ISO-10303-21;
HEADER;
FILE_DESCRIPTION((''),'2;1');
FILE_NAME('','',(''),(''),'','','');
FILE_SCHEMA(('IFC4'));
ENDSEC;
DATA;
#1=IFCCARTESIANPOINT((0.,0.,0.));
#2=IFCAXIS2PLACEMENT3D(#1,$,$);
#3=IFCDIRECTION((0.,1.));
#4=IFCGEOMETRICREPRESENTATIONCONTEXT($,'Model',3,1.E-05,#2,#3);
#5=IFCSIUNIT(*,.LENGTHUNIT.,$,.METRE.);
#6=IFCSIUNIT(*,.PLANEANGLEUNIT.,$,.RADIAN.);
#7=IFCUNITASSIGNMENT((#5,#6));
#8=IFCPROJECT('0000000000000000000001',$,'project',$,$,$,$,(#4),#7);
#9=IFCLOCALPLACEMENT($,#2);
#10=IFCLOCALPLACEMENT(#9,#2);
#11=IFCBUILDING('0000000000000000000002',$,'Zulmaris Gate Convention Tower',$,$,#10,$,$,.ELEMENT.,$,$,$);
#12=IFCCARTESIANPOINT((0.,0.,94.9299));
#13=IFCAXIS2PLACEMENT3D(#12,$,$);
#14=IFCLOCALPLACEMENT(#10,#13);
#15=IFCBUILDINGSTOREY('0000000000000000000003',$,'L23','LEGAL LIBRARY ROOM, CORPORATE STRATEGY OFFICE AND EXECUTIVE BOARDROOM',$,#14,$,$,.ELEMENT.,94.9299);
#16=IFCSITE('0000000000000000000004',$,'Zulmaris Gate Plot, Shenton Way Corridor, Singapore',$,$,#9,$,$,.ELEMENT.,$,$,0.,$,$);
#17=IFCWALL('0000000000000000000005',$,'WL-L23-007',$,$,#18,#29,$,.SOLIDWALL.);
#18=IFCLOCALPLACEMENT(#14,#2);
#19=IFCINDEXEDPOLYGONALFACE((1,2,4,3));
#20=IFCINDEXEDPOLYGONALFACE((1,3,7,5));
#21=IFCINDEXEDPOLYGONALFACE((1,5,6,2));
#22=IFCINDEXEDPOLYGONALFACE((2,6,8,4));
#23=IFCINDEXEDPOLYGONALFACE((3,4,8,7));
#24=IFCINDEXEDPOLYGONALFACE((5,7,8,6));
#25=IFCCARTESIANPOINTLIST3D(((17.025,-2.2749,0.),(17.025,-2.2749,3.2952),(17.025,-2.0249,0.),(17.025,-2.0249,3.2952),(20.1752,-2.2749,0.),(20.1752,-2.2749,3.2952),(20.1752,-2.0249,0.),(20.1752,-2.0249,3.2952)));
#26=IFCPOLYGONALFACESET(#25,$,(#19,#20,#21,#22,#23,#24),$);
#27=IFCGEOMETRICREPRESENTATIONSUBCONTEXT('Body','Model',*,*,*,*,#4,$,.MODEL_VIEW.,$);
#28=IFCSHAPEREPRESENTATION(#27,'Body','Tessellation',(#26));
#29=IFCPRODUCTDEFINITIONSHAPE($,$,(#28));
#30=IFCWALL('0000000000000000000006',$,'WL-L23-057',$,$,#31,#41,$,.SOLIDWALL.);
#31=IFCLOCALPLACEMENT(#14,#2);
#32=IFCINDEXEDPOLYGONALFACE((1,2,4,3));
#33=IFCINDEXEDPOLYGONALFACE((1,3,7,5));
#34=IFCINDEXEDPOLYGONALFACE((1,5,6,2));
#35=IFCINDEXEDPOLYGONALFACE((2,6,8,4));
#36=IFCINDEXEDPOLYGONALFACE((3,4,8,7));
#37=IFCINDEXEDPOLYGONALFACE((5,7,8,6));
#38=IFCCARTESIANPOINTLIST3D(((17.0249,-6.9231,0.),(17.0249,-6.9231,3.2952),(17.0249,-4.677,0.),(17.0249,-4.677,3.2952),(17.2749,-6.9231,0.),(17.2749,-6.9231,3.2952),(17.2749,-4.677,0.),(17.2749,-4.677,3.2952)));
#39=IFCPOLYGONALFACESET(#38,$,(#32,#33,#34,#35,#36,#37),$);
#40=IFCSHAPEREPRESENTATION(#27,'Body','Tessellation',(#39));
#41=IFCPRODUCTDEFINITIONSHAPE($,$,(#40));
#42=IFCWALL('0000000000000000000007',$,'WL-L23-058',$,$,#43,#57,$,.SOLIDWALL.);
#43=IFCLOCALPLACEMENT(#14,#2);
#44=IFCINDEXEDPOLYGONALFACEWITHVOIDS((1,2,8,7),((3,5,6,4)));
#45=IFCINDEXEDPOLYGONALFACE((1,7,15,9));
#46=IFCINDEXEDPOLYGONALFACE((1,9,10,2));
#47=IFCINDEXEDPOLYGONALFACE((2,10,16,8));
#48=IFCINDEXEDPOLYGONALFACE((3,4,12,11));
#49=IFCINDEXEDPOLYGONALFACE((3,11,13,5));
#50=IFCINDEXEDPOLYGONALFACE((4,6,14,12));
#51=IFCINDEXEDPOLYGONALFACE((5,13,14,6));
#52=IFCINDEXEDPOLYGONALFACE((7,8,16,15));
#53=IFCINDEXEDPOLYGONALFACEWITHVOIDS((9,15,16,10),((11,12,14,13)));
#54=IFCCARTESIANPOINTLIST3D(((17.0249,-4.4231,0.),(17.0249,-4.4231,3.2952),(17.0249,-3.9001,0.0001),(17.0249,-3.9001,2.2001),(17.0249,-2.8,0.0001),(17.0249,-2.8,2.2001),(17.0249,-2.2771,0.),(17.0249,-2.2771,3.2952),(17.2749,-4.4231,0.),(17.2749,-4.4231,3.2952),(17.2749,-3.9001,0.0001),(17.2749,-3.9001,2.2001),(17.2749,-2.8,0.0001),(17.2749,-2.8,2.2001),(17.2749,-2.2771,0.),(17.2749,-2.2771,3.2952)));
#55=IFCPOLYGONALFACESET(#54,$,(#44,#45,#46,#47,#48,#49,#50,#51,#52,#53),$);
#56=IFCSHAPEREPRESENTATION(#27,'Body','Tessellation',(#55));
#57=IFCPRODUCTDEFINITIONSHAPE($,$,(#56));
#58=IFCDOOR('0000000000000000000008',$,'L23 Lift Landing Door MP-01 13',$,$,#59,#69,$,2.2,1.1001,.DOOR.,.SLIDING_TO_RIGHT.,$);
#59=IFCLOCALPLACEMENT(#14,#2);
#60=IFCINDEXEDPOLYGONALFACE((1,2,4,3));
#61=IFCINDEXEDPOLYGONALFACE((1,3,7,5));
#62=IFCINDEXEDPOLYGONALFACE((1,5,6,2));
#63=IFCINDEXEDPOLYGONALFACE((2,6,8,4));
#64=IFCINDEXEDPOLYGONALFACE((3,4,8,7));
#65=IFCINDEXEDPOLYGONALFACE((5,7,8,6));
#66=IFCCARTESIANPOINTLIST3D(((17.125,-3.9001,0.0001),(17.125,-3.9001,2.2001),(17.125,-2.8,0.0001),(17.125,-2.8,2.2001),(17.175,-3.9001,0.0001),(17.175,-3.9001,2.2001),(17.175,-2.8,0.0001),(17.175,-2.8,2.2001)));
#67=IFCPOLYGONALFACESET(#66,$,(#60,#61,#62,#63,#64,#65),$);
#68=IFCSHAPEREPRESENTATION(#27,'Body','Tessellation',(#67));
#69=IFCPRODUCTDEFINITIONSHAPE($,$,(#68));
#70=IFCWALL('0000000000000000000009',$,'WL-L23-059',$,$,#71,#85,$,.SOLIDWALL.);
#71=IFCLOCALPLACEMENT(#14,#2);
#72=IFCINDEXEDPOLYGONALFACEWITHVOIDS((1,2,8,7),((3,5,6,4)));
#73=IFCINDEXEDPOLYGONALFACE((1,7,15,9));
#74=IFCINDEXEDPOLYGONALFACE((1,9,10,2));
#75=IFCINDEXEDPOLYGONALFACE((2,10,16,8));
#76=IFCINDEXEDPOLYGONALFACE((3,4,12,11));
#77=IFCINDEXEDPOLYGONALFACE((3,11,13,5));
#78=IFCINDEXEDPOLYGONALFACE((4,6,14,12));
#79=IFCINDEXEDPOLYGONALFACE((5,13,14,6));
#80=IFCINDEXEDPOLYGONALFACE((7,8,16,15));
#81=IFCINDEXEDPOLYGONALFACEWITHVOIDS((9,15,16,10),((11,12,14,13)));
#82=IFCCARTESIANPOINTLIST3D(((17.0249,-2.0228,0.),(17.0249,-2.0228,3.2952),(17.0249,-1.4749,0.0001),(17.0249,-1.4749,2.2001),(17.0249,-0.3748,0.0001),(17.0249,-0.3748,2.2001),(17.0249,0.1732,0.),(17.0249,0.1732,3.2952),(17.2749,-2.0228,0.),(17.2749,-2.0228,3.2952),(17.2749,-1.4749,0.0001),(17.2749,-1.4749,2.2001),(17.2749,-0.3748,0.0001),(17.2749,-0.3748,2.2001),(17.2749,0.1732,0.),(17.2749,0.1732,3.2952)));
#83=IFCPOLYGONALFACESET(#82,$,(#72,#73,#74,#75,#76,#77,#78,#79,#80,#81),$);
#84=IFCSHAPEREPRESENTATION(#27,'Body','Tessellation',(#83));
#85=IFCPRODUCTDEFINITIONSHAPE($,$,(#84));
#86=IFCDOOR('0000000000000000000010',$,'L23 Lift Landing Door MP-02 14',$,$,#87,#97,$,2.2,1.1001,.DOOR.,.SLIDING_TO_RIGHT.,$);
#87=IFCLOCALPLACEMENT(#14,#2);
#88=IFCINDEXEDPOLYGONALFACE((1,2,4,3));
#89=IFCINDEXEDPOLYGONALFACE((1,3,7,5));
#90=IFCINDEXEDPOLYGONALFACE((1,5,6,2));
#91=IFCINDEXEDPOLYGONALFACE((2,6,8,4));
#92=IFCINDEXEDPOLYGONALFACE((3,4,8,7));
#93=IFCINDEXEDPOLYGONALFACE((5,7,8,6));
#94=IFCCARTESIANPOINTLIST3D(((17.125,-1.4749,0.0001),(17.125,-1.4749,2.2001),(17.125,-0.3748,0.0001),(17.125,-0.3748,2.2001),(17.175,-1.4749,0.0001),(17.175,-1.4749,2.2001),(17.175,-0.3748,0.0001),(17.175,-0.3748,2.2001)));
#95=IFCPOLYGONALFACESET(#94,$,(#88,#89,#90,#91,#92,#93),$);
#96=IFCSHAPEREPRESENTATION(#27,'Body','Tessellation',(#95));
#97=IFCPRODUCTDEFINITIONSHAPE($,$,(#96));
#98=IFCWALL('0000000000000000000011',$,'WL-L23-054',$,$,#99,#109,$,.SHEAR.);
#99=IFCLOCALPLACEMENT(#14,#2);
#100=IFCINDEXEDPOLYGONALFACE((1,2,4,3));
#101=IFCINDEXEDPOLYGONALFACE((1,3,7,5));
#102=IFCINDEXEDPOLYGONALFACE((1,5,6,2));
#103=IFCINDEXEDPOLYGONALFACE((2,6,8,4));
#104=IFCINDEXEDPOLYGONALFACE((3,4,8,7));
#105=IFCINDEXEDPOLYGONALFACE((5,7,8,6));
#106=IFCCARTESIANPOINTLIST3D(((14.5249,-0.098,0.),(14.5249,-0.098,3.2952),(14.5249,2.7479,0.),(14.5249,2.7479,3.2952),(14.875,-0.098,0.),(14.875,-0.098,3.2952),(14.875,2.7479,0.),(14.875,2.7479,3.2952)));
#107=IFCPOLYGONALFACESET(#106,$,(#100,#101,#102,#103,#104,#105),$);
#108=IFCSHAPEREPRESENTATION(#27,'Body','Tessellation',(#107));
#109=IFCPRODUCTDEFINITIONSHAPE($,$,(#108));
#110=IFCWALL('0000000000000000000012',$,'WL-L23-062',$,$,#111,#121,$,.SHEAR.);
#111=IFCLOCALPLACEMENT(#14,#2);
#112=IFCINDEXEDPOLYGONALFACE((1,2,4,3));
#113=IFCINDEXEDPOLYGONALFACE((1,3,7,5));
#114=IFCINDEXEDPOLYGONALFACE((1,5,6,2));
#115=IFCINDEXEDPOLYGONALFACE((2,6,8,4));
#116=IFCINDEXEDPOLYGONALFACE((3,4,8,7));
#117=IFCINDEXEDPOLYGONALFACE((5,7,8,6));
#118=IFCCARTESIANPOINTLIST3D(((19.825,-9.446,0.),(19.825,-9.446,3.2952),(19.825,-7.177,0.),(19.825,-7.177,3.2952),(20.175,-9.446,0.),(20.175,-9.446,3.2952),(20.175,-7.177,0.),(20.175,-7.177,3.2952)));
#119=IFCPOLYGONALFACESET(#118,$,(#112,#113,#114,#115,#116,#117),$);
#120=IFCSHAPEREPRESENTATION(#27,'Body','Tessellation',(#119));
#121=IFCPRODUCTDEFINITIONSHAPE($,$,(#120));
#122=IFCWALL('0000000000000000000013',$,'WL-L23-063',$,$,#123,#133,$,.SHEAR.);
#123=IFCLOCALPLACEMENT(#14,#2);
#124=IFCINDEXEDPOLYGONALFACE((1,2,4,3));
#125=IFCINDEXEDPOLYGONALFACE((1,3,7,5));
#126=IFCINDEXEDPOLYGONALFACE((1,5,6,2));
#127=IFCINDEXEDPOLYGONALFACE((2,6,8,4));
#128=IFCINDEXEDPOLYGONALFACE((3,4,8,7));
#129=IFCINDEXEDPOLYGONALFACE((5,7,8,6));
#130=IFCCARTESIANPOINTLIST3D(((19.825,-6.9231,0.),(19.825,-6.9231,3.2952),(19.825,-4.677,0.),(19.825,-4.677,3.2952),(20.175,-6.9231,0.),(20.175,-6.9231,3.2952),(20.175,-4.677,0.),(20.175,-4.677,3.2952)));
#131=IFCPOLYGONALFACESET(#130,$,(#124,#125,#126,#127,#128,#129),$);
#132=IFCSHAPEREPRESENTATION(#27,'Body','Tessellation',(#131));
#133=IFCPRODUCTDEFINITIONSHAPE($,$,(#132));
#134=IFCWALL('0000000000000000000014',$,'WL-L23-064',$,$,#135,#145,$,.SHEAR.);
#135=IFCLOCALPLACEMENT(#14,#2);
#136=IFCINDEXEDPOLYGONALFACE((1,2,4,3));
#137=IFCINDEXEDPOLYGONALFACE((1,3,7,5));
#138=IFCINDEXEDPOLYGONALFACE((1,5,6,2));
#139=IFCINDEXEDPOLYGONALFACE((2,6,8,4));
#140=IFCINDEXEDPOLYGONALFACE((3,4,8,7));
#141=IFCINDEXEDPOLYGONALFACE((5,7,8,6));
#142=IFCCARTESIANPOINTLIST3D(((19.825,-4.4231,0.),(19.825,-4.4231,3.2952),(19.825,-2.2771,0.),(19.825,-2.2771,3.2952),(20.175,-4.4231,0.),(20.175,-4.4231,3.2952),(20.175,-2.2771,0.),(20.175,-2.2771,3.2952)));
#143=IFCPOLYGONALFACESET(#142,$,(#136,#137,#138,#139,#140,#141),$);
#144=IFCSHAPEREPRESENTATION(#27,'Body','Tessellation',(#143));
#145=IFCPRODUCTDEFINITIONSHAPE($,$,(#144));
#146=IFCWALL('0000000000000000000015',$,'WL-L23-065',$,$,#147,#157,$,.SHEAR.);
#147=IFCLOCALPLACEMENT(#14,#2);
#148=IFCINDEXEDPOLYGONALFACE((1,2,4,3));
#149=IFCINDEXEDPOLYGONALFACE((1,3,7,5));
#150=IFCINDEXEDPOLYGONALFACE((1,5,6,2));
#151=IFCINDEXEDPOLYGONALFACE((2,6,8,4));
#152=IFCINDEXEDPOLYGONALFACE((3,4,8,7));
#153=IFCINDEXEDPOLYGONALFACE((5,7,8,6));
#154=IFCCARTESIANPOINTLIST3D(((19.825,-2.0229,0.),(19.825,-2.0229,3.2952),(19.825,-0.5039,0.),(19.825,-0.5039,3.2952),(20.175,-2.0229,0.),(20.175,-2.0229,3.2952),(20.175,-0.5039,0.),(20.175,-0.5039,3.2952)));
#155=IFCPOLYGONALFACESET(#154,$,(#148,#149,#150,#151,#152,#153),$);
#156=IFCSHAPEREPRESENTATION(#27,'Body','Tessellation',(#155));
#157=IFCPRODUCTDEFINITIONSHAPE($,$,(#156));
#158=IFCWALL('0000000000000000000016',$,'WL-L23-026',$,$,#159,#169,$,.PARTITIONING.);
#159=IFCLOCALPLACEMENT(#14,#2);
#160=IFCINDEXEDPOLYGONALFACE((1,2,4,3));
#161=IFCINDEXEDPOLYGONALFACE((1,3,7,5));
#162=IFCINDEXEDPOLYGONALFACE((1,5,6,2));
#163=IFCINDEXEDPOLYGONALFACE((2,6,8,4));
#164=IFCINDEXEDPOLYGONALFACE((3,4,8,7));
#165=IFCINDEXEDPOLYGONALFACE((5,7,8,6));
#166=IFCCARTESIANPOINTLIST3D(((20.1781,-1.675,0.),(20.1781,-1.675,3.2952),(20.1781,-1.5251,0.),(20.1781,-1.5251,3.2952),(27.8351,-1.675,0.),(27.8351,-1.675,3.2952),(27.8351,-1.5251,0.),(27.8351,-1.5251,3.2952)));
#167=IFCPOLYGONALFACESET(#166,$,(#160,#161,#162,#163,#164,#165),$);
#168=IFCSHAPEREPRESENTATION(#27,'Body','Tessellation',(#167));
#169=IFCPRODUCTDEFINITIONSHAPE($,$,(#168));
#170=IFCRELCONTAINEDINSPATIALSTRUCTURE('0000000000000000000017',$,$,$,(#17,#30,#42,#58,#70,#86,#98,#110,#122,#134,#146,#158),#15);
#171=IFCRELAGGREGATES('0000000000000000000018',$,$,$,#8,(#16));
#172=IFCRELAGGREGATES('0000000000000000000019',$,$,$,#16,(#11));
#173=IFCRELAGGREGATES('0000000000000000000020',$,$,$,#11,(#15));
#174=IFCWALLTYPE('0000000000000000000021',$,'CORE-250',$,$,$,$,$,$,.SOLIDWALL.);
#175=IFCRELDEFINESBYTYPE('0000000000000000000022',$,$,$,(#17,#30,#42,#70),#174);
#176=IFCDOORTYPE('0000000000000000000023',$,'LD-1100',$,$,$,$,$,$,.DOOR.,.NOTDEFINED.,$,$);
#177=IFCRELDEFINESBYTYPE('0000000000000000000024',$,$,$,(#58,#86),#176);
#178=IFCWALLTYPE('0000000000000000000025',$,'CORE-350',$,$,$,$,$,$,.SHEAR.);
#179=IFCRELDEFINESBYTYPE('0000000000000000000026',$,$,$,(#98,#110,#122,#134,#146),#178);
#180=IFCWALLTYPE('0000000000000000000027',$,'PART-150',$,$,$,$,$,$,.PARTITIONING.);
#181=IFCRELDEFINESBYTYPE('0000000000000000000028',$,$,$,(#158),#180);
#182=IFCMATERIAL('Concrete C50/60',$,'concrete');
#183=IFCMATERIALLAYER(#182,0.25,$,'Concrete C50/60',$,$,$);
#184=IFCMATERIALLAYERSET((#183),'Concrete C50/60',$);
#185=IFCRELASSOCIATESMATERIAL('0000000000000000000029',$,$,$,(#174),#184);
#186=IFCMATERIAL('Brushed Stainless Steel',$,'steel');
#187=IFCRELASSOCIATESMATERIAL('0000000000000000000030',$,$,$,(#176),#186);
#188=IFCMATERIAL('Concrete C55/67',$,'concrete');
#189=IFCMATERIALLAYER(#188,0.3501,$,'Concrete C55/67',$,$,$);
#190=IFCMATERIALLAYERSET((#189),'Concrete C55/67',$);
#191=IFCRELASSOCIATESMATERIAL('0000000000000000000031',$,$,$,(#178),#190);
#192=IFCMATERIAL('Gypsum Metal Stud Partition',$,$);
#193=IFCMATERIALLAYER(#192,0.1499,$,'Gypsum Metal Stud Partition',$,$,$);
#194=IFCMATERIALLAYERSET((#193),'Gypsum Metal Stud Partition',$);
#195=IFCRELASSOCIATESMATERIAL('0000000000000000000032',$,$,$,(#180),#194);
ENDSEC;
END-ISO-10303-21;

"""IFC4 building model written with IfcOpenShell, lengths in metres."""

from ifc_helpers import new_model, si_unit, direction, frame, frame_2d, origin, place, context, subcontext, project, spatial, rectangle, extrude, material, layer, layer_set, type_object, element, fill, save


model = new_model("IFC4")

# Units and contexts
model_context = context("Model", 3, precision=1e-05, world=origin(), true_north=direction((0.0, 1.0)))
body_context = subcontext(model_context, "Body", "Model", "MODEL_VIEW")
ifc_project = project(units=[si_unit("LENGTHUNIT", "METRE"), si_unit("PLANEANGLEUNIT", "RADIAN")], contexts=[model_context])

# Site, building, storey
site_placement = place(None, origin())
site = spatial("IfcSite", under=ifc_project, at=site_placement, Name="Zulmaris Gate Plot, Shenton Way Corridor, Singapore", CompositionType="ELEMENT", RefElevation=0.0)
building_placement = place(site_placement, origin())
building = spatial("IfcBuilding", under=site, at=building_placement, Name="Zulmaris Gate Convention Tower", CompositionType="ELEMENT")
storey_placement = place(building_placement, frame((0.0, 0.0, 94.9299)))
storey = spatial("IfcBuildingStorey", under=building, at=storey_placement, Name="L23", Description="LEGAL LIBRARY ROOM, CORPORATE STRATEGY OFFICE AND EXECUTIVE BOARDROOM", CompositionType="ELEMENT", Elevation=94.9299)

# Walls
ifc_material_1 = material(Name="Concrete C50/60", Category="concrete")
ifc_layer_1 = layer(ifc_material_1, 0.25, Name="Concrete C50/60")
ifc_layer_set_1 = layer_set([ifc_layer_1], Name="Concrete C50/60")
wall_type_1 = type_object("IfcWallType", Name="CORE-250", PredefinedType="SOLIDWALL", material=ifc_layer_set_1)
for number, where, z_axis, x_axis, name in (
    (1, (17.0249, -2.1499, 0.0), (0.0, 0.0, 1.0), (1.0, 0.0, 0.0), "WL-L23-007"),
):
    element("IfcWall", number, at=place(storey_placement, frame(where, z_axis=z_axis, x_axis=x_axis)), inside=storey, type_object=wall_type_1, Name=name, PredefinedType="SOLIDWALL", context=body_context, shape_type="SweptSolid", body=[
        extrude(rectangle(XDim=3.1501, YDim=0.25, at=frame_2d((1.5752, 0.0))), origin(), (0.0, 0.0, 1.0), 3.2952),
    ])
wall_1_placement = place(storey_placement, frame((17.1499, -6.9231, 0.0), z_axis=(0.0, 0.0, 1.0), x_axis=(0.0, 1.0, 0.0)))
element("IfcWall", 2, at=wall_1_placement, inside=storey, type_object=wall_type_1, Name="WL-L23-057", PredefinedType="SOLIDWALL", context=body_context, shape_type="SweptSolid", body=[
    extrude(rectangle(XDim=2.2461, YDim=0.25, at=frame_2d((1.123, 0.0))), origin(), (0.0, 0.0, 1.0), 3.2952),
])

# Walls, openings, doors
wall_2_placement = place(storey_placement, frame((17.1499, -4.4231, 0.0), z_axis=(0.0, 0.0, 1.0), x_axis=(0.0, 1.0, 0.0)))
wall_2 = element("IfcWall", 3, at=wall_2_placement, inside=storey, type_object=wall_type_1, Name="WL-L23-058", PredefinedType="SOLIDWALL", context=body_context, shape_type="SweptSolid", body=[
    extrude(rectangle(XDim=2.146, YDim=0.25, at=frame_2d((1.073, 0.0))), origin(), (0.0, 0.0, 1.0), 3.2952),
])
opening_1_placement = place(wall_2_placement, frame((0.5229, 0.0, 0.0)))
opening_1 = element("IfcOpeningElement", 4, at=opening_1_placement, cuts=wall_2, PredefinedType="OPENING", context=body_context, shape_type="SweptSolid", body=[
    extrude(rectangle(XDim=1.1001, YDim=2.2, at=frame_2d((0.55, 1.1001))), frame((0.0, 0.135, 0.0), z_axis=(0.0, -1.0, 0.0), x_axis=(1.0, 0.0, 0.0)), (0.0, 0.0, 1.0), 0.27),
])
ifc_material_2 = material(Name="Brushed Stainless Steel", Category="steel")
door_type = type_object("IfcDoorType", Name="LD-1100", OperationType="NOTDEFINED", PredefinedType="DOOR", material=ifc_material_2)
door_1_placement = place(opening_1_placement, origin())
door_1 = element("IfcDoor", 5, at=door_1_placement, inside=storey, type_object=door_type, Name="L23 Lift Landing Door MP-01 13", OperationType="SLIDING_TO_RIGHT", OverallHeight=2.2, OverallWidth=1.1001, PredefinedType="DOOR", context=body_context, shape_type="SweptSolid", body=[
    extrude(rectangle(XDim=1.1001, YDim=2.2, at=frame_2d((0.55, 1.1001))), frame((0.0, 0.0249, 0.0), z_axis=(0.0, -1.0, 0.0), x_axis=(1.0, 0.0, 0.0)), (0.0, 0.0, 1.0), 0.05),
])
fill(opening_1, door_1)
wall_3_placement = place(storey_placement, frame((17.1499, -2.0229, 0.0), z_axis=(0.0, 0.0, 1.0), x_axis=(0.0, 1.0, 0.0)))
wall_3 = element("IfcWall", 6, at=wall_3_placement, inside=storey, type_object=wall_type_1, Name="WL-L23-059", PredefinedType="SOLIDWALL", context=body_context, shape_type="SweptSolid", body=[
    extrude(rectangle(XDim=2.196, YDim=0.25, at=frame_2d((1.0981, 0.0))), origin(), (0.0, 0.0, 1.0), 3.2952),
])
opening_2_placement = place(wall_3_placement, frame((0.5481, 0.0, 0.0)))
opening_2 = element("IfcOpeningElement", 7, at=opening_2_placement, cuts=wall_3, PredefinedType="OPENING", context=body_context, shape_type="SweptSolid", body=[
    extrude(rectangle(XDim=1.1001, YDim=2.2, at=frame_2d((0.55, 1.1001))), frame((0.0, 0.135, 0.0), z_axis=(0.0, -1.0, 0.0), x_axis=(1.0, 0.0, 0.0)), (0.0, 0.0, 1.0), 0.27),
])
door_2_placement = place(opening_2_placement, origin())
door_2 = element("IfcDoor", 8, at=door_2_placement, inside=storey, type_object=door_type, Name="L23 Lift Landing Door MP-02 14", OperationType="SLIDING_TO_RIGHT", OverallHeight=2.2, OverallWidth=1.1001, PredefinedType="DOOR", context=body_context, shape_type="SweptSolid", body=[
    extrude(rectangle(XDim=1.1001, YDim=2.2, at=frame_2d((0.55, 1.1001))), frame((0.0, 0.0249, 0.0), z_axis=(0.0, -1.0, 0.0), x_axis=(1.0, 0.0, 0.0)), (0.0, 0.0, 1.0), 0.05),
])
fill(opening_2, door_2)

# Walls
ifc_material_3 = material(Name="Concrete C55/67", Category="concrete")
ifc_layer_2 = layer(ifc_material_3, 0.3501, Name="Concrete C55/67")
ifc_layer_set_2 = layer_set([ifc_layer_2], Name="Concrete C55/67")
wall_type_2 = type_object("IfcWallType", Name="CORE-350", PredefinedType="SHEAR", material=ifc_layer_set_2)
wall_4_placement = place(storey_placement, frame((14.7, -0.0979, 0.0), z_axis=(0.0, 0.0, 1.0), x_axis=(0.0, 1.0, 0.0)))
element("IfcWall", 9, at=wall_4_placement, inside=storey, type_object=wall_type_2, Name="WL-L23-054", PredefinedType="SHEAR", context=body_context, shape_type="SweptSolid", body=[
    extrude(rectangle(XDim=2.8459, YDim=0.3501, at=frame_2d((1.4229, 0.0))), origin(), (0.0, 0.0, 1.0), 3.2952),
])
wall_5_placement = place(storey_placement, frame((20.0, -9.446, 0.0), z_axis=(0.0, 0.0, 1.0), x_axis=(0.0, 1.0, 0.0)))
element("IfcWall", 10, at=wall_5_placement, inside=storey, type_object=wall_type_2, Name="WL-L23-062", PredefinedType="SHEAR", context=body_context, shape_type="SweptSolid", body=[
    extrude(rectangle(XDim=2.269, YDim=0.3501, at=frame_2d((1.1345, 0.0))), origin(), (0.0, 0.0, 1.0), 3.2952),
])
wall_6_placement = place(storey_placement, frame((20.0, -6.9231, 0.0), z_axis=(0.0, 0.0, 1.0), x_axis=(0.0, 1.0, 0.0)))
element("IfcWall", 11, at=wall_6_placement, inside=storey, type_object=wall_type_2, Name="WL-L23-063", PredefinedType="SHEAR", context=body_context, shape_type="SweptSolid", body=[
    extrude(rectangle(XDim=2.2461, YDim=0.3501, at=frame_2d((1.123, 0.0))), origin(), (0.0, 0.0, 1.0), 3.2952),
])
wall_7_placement = place(storey_placement, frame((20.0, -4.4231, 0.0), z_axis=(0.0, 0.0, 1.0), x_axis=(0.0, 1.0, 0.0)))
element("IfcWall", 12, at=wall_7_placement, inside=storey, type_object=wall_type_2, Name="WL-L23-064", PredefinedType="SHEAR", context=body_context, shape_type="SweptSolid", body=[
    extrude(rectangle(XDim=2.146, YDim=0.3501, at=frame_2d((1.073, 0.0))), origin(), (0.0, 0.0, 1.0), 3.2952),
])
wall_8_placement = place(storey_placement, frame((20.0, -2.0229, 0.0), z_axis=(0.0, 0.0, 1.0), x_axis=(0.0, 1.0, 0.0)))
element("IfcWall", 13, at=wall_8_placement, inside=storey, type_object=wall_type_2, Name="WL-L23-065", PredefinedType="SHEAR", context=body_context, shape_type="SweptSolid", body=[
    extrude(rectangle(XDim=1.519, YDim=0.3501, at=frame_2d((0.7595, 0.0))), origin(), (0.0, 0.0, 1.0), 3.2952),
])
ifc_material_4 = material(Name="Gypsum Metal Stud Partition")
ifc_layer_3 = layer(ifc_material_4, 0.1499, Name="Gypsum Metal Stud Partition")
ifc_layer_set_3 = layer_set([ifc_layer_3], Name="Gypsum Metal Stud Partition")
wall_type_3 = type_object("IfcWallType", Name="PART-150", PredefinedType="PARTITIONING", material=ifc_layer_set_3)
wall_9_placement = place(storey_placement, frame((20.178, -1.6001, 0.0), z_axis=(0.0, 0.0, 1.0), x_axis=(1.0, 0.0, 0.0)))
element("IfcWall", 14, at=wall_9_placement, inside=storey, type_object=wall_type_3, Name="WL-L23-026", PredefinedType="PARTITIONING", context=body_context, shape_type="SweptSolid", body=[
    extrude(rectangle(XDim=7.657, YDim=0.1499, at=frame_2d((3.8286, 0.0))), origin(), (0.0, 0.0, 1.0), 3.2952),
])

save(model, "model.ifc")
